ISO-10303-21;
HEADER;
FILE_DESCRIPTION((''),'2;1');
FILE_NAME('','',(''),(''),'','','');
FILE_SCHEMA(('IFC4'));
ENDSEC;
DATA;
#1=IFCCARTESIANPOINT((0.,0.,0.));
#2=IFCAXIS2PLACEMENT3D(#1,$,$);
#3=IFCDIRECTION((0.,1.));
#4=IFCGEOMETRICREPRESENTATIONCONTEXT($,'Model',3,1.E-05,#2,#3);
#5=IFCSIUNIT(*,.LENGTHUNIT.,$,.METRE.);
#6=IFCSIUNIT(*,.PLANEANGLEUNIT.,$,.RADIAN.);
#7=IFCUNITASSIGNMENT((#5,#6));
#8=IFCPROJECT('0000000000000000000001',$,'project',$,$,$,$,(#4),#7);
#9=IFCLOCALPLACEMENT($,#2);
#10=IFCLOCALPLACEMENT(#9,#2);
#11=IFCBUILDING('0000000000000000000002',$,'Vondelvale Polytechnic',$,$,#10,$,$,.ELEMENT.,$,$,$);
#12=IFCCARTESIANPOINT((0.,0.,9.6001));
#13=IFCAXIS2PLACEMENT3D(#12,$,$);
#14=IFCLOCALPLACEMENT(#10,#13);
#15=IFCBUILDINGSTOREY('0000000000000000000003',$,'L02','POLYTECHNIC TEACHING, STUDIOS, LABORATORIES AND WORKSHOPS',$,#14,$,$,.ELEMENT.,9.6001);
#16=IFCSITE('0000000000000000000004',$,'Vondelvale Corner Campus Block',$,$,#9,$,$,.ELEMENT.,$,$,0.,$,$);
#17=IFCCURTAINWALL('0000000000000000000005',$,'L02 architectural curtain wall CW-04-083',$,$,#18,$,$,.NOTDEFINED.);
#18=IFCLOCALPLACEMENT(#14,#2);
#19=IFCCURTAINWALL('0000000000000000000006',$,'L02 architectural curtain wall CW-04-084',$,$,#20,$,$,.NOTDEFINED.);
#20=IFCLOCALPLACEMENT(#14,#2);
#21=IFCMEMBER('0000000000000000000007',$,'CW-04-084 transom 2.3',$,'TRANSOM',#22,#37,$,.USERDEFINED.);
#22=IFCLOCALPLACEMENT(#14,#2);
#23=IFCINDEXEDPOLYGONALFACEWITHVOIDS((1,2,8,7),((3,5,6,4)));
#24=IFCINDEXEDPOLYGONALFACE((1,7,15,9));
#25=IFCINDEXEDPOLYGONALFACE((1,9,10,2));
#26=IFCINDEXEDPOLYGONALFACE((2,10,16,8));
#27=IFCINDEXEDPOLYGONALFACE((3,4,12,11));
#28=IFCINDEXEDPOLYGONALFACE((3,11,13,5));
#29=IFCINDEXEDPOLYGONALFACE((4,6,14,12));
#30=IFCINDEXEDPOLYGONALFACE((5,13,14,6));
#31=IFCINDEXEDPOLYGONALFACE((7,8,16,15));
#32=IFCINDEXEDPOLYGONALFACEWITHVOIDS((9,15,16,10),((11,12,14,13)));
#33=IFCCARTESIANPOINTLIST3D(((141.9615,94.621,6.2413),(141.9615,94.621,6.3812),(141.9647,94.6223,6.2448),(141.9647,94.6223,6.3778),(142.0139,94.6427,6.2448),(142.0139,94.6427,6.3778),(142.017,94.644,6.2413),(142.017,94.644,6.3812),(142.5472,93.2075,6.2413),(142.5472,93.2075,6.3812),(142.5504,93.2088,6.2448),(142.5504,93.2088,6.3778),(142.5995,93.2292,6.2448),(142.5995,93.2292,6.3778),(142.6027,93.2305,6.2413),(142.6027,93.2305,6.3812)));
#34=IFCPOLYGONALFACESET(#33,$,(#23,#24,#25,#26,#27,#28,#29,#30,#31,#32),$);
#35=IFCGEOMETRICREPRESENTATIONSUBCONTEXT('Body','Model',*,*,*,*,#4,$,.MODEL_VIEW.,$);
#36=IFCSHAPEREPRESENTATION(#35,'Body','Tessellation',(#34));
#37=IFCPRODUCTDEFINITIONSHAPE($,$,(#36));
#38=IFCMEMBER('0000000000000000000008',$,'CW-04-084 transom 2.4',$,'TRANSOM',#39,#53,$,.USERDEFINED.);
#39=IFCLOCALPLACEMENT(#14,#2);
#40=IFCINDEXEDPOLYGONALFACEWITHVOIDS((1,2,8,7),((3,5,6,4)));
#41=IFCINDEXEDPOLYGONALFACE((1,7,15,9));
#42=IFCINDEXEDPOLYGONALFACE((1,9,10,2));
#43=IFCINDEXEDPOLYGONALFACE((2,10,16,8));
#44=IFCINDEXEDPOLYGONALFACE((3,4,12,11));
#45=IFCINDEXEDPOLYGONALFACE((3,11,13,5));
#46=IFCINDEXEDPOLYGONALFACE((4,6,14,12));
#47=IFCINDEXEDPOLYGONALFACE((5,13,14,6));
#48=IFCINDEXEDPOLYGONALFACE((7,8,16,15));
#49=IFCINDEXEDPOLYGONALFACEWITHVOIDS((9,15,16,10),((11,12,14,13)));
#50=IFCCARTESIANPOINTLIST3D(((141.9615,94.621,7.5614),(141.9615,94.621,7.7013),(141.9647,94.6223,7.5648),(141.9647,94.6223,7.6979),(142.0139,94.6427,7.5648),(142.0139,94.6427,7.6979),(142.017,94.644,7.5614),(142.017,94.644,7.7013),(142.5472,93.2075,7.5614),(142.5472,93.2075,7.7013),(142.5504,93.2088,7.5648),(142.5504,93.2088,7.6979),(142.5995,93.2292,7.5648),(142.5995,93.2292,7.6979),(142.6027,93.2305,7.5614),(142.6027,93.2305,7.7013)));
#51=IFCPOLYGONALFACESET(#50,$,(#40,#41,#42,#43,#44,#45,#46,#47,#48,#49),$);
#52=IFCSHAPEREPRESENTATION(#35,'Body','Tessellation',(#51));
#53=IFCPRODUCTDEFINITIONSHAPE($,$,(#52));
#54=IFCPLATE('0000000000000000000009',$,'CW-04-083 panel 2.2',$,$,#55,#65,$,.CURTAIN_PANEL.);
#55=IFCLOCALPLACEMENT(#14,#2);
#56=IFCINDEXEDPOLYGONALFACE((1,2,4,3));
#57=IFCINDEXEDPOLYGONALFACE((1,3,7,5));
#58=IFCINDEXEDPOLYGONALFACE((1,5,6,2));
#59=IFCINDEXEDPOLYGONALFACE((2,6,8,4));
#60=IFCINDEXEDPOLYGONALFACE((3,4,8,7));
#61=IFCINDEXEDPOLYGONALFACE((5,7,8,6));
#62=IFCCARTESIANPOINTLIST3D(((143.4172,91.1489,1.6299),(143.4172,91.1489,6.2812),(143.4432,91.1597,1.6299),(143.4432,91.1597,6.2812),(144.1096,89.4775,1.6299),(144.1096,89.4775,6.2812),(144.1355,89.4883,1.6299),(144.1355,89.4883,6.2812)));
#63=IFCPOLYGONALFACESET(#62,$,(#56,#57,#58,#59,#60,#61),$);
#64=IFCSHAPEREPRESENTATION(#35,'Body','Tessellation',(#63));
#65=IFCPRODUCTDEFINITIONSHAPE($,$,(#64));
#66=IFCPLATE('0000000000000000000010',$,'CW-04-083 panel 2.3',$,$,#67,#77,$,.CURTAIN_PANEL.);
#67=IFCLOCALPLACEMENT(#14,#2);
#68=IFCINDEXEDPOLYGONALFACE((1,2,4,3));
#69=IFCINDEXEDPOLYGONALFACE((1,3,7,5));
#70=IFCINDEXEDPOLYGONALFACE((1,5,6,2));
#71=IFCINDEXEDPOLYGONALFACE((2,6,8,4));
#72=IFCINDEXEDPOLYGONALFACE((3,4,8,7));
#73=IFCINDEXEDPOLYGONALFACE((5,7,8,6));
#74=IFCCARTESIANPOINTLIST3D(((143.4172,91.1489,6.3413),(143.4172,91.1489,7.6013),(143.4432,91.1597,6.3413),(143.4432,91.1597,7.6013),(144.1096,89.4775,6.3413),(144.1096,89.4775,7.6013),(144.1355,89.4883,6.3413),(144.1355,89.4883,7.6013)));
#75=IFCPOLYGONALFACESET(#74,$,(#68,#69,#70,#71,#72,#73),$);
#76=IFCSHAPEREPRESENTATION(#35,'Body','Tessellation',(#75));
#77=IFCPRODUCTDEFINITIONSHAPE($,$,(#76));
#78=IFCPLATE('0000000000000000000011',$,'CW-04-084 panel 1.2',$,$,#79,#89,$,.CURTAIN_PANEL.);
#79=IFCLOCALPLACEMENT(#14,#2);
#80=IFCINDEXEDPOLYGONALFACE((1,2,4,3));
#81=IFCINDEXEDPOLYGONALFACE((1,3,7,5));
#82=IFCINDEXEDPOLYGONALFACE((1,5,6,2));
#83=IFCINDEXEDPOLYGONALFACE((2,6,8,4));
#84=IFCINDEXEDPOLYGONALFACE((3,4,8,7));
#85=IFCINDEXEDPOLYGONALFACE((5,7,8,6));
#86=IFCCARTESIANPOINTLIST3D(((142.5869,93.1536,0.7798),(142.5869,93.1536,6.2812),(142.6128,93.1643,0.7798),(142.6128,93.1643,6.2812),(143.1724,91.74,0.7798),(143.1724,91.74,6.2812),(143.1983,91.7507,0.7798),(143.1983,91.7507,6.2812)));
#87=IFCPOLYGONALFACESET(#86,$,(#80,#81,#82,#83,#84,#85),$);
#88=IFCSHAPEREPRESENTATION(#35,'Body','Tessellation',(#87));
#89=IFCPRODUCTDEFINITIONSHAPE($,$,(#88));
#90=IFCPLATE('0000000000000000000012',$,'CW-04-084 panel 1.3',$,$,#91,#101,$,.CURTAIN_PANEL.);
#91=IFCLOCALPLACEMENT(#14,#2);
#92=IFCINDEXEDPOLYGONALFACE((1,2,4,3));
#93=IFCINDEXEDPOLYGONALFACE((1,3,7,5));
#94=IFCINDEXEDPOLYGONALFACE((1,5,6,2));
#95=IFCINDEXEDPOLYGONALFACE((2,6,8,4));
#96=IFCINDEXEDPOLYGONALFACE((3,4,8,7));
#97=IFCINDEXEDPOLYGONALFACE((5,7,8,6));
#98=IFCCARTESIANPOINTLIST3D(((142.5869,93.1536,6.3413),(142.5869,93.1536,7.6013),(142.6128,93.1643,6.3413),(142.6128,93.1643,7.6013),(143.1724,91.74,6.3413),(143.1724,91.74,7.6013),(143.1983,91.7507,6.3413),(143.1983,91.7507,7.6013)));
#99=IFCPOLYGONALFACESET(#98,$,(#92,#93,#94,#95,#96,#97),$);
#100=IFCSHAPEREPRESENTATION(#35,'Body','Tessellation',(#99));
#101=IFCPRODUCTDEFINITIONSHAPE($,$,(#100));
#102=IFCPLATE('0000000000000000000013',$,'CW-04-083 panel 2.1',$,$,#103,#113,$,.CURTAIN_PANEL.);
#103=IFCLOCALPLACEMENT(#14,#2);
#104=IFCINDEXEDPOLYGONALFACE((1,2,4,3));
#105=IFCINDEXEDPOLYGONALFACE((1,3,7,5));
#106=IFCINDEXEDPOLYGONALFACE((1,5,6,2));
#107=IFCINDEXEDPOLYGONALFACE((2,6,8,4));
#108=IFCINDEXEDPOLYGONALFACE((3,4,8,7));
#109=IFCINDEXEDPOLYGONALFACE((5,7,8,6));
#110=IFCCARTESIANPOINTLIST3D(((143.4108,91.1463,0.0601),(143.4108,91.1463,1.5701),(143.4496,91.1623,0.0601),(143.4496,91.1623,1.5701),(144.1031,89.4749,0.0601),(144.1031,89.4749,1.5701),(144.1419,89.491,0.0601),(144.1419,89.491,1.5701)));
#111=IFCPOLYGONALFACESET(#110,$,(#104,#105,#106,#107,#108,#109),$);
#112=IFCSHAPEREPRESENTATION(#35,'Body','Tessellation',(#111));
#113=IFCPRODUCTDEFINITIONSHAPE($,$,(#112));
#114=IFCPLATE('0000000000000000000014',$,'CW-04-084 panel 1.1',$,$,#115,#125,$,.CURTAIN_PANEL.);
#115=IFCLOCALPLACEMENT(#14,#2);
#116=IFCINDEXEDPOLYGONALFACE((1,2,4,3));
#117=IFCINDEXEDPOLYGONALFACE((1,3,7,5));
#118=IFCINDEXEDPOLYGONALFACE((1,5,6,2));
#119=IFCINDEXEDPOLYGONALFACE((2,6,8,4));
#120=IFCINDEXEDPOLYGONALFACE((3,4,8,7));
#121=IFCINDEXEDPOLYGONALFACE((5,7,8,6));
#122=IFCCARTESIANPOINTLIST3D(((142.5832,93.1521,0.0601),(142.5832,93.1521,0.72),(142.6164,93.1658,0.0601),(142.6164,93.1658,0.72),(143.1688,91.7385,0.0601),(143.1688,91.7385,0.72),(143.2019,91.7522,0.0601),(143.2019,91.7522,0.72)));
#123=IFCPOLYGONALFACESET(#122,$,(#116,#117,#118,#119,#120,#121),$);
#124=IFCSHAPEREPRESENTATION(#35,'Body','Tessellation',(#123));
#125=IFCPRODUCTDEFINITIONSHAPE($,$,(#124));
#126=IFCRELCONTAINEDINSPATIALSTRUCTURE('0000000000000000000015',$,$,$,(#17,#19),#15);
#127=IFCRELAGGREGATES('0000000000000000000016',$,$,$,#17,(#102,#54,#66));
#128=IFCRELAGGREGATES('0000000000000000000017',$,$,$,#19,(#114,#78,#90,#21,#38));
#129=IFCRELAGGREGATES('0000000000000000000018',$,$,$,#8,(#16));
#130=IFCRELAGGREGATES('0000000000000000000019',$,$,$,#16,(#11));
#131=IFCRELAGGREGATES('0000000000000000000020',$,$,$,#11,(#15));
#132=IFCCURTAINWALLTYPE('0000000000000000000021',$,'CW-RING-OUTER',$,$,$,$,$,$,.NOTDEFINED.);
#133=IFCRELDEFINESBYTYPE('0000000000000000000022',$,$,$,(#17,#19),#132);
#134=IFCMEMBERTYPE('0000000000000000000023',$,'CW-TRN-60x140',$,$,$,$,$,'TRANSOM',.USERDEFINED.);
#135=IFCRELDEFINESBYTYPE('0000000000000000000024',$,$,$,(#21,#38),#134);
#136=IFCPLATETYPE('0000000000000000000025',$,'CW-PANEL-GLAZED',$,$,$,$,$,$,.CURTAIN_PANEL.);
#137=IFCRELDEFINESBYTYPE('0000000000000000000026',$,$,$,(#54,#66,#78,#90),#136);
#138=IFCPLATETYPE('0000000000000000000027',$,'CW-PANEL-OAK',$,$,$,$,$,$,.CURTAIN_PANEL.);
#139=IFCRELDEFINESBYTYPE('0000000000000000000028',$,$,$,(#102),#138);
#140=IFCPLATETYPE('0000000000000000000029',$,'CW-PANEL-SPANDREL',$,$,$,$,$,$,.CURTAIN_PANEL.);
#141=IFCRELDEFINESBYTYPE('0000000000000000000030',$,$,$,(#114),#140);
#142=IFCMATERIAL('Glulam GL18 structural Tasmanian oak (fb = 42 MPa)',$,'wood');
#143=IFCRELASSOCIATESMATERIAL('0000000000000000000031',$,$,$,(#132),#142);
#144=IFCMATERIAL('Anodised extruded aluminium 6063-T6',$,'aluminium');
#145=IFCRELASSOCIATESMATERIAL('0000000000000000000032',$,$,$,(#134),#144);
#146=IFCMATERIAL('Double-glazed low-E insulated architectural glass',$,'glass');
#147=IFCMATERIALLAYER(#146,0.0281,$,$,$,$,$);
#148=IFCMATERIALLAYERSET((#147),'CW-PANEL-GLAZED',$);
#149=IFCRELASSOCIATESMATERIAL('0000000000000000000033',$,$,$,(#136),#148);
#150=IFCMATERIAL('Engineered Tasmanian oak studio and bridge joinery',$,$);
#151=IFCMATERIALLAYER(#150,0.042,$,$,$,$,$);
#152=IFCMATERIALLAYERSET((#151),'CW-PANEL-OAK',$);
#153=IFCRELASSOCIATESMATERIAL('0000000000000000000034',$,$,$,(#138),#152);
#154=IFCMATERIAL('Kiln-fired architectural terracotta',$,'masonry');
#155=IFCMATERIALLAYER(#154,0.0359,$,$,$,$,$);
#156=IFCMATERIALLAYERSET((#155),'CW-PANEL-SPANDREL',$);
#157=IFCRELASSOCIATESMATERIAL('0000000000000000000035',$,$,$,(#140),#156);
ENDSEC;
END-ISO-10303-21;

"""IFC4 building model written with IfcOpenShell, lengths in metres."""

from ifc_helpers import new_model, si_unit, direction, frame, origin, origin_2d, place, context, subcontext, project, spatial, rectangle, hollow_rectangle, extrude, material, layer, layer_set, material_profile, profile_set, type_object, element, aggregate, save


model = new_model("IFC4")

# Units and contexts
model_context = context("Model", 3, precision=1e-05, world=origin(), true_north=direction((0.0, 1.0)))
body_context = subcontext(model_context, "Body", "Model", "MODEL_VIEW")
ifc_project = project(units=[si_unit("LENGTHUNIT", "METRE"), si_unit("PLANEANGLEUNIT", "RADIAN")], contexts=[model_context])

# Site, building, storey
site_placement = place(None, origin())
site = spatial("IfcSite", under=ifc_project, at=site_placement, Name="Vondelvale Corner Campus Block", CompositionType="ELEMENT", RefElevation=0.0)
building_placement = place(site_placement, origin())
building = spatial("IfcBuilding", under=site, at=building_placement, Name="Vondelvale Polytechnic", CompositionType="ELEMENT")
storey_placement = place(building_placement, frame((0.0, 0.0, 9.6001)))
storey = spatial("IfcBuildingStorey", under=building, at=storey_placement, Name="L02", Description="POLYTECHNIC TEACHING, STUDIOS, LABORATORIES AND WORKSHOPS", CompositionType="ELEMENT", Elevation=9.6001)

# Shared definitions
ifc_material_1 = material(Name="Glulam GL18 structural Tasmanian oak (fb = 42 MPa)", Category="wood")

# Curtain walls
curtain_wall_type = type_object("IfcCurtainWallType", Name="CW-RING-OUTER", PredefinedType="NOTDEFINED", material=ifc_material_1)
curtain_wall_1_placement = place(storey_placement, origin())
curtain_wall_1 = element("IfcCurtainWall", 1, at=curtain_wall_1_placement, inside=storey, type_object=curtain_wall_type, Name="L02 architectural curtain wall CW-04-083", PredefinedType="NOTDEFINED")
ifc_material_2 = material(Name="Anodised extruded aluminium 6063-T6", Category="aluminium")
curtain_wall_2_placement = place(storey_placement, origin())
curtain_wall_2 = element("IfcCurtainWall", 2, at=curtain_wall_2_placement, inside=storey, type_object=curtain_wall_type, Name="L02 architectural curtain wall CW-04-084", PredefinedType="NOTDEFINED")

# Members
ifc_material_profile_1 = material_profile(ifc_material_2, hollow_rectangle(XDim=0.0601, YDim=0.1399, WallThickness=0.0034, at=origin_2d()), Name="CW-TRN-140x60")
ifc_profile_set_1 = profile_set([ifc_material_profile_1], Name="Anodised extruded aluminium 6063-T6")
member_type_1 = type_object("IfcMemberType", Name="CW-TRN-60x140", ElementType="TRANSOM", PredefinedType="USERDEFINED", material=ifc_profile_set_1)
member_1_placement = place(storey_placement, frame((142.575, 93.219, 6.3113), z_axis=(-0.382779, 0.92384, 0.0), x_axis=(-0.92384, -0.382779, 0.0)))
member_1 = element("IfcMember", 3, at=member_1_placement, type_object=member_type_1, Name="CW-04-084 transom 2.3", ObjectType="TRANSOM", PredefinedType="USERDEFINED", context=body_context, shape_type="SweptSolid", body=[
    extrude(hollow_rectangle(XDim=0.0601, YDim=0.1399, WallThickness=0.0034, at=origin_2d()), origin(), (0.0, 0.0, 1.0), 1.53),
])
member_2_placement = place(storey_placement, frame((142.575, 93.219, 7.6313), z_axis=(-0.382779, 0.92384, 0.0), x_axis=(-0.92384, -0.382779, 0.0)))
member_2 = element("IfcMember", 4, at=member_2_placement, type_object=member_type_1, Name="CW-04-084 transom 2.4", ObjectType="TRANSOM", PredefinedType="USERDEFINED", context=body_context, shape_type="SweptSolid", body=[
    extrude(hollow_rectangle(XDim=0.0601, YDim=0.1399, WallThickness=0.0034, at=origin_2d()), origin(), (0.0, 0.0, 1.0), 1.53),
])

# Plates
ifc_material_3 = material(Name="Double-glazed low-E insulated architectural glass", Category="glass")
ifc_layer_1 = layer(ifc_material_3, 0.0281)
ifc_layer_set_1 = layer_set([ifc_layer_1], Name="CW-PANEL-GLAZED")
plate_type_1 = type_object("IfcPlateType", Name="CW-PANEL-GLAZED", PredefinedType="CURTAIN_PANEL", material=ifc_layer_set_1)
plate_1_placement = place(storey_placement, frame((143.7764, 90.3186, 1.6299), z_axis=(0.0, 0.0, 1.0), x_axis=(-0.382695, 0.923875, 0.0)))
plate_1 = element("IfcPlate", 5, at=plate_1_placement, type_object=plate_type_1, Name="CW-04-083 panel 2.2", PredefinedType="CURTAIN_PANEL", context=body_context, shape_type="SweptSolid", body=[
    extrude(rectangle(XDim=1.8091, YDim=0.0281, at=origin_2d()), origin(), (0.0, 0.0, 1.0), 4.6514),
])
plate_2_placement = place(storey_placement, frame((143.7764, 90.3186, 6.3413), z_axis=(0.0, 0.0, 1.0), x_axis=(-0.382695, 0.923875, 0.0)))
plate_2 = element("IfcPlate", 6, at=plate_2_placement, type_object=plate_type_1, Name="CW-04-083 panel 2.3", PredefinedType="CURTAIN_PANEL", context=body_context, shape_type="SweptSolid", body=[
    extrude(rectangle(XDim=1.8091, YDim=0.0281, at=origin_2d()), origin(), (0.0, 0.0, 1.0), 1.26),
])
plate_3_placement = place(storey_placement, frame((142.8926, 92.4521, 0.7798), z_axis=(0.0, 0.0, 1.0), x_axis=(-0.382677, 0.923882, 0.0)))
plate_3 = element("IfcPlate", 7, at=plate_3_placement, type_object=plate_type_1, Name="CW-04-084 panel 1.2", PredefinedType="CURTAIN_PANEL", context=body_context, shape_type="SweptSolid", body=[
    extrude(rectangle(XDim=1.53, YDim=0.0281, at=origin_2d()), origin(), (0.0, 0.0, 1.0), 5.5015),
])
plate_4_placement = place(storey_placement, frame((142.8926, 92.4521, 6.3413), z_axis=(0.0, 0.0, 1.0), x_axis=(-0.382677, 0.923882, 0.0)))
plate_4 = element("IfcPlate", 8, at=plate_4_placement, type_object=plate_type_1, Name="CW-04-084 panel 1.3", PredefinedType="CURTAIN_PANEL", context=body_context, shape_type="SweptSolid", body=[
    extrude(rectangle(XDim=1.53, YDim=0.0281, at=origin_2d()), origin(), (0.0, 0.0, 1.0), 1.26),
])
ifc_material_4 = material(Name="Engineered Tasmanian oak studio and bridge joinery")
ifc_layer_2 = layer(ifc_material_4, 0.042)
ifc_layer_set_2 = layer_set([ifc_layer_2], Name="CW-PANEL-OAK")
plate_type_2 = type_object("IfcPlateType", Name="CW-PANEL-OAK", PredefinedType="CURTAIN_PANEL", material=ifc_layer_set_2)
plate_5_placement = place(storey_placement, frame((143.7764, 90.3186, 0.0601), z_axis=(0.0, 0.0, 1.0), x_axis=(-0.382695, 0.923875, 0.0)))
plate_5 = element("IfcPlate", 9, at=plate_5_placement, type_object=plate_type_2, Name="CW-04-083 panel 2.1", PredefinedType="CURTAIN_PANEL", context=body_context, shape_type="SweptSolid", body=[
    extrude(rectangle(XDim=1.8091, YDim=0.042, at=origin_2d()), origin(), (0.0, 0.0, 1.0), 1.51),
])
aggregate(curtain_wall_1, [plate_5, plate_1, plate_2])
ifc_material_5 = material(Name="Kiln-fired architectural terracotta", Category="masonry")
ifc_layer_3 = layer(ifc_material_5, 0.0359)
ifc_layer_set_3 = layer_set([ifc_layer_3], Name="CW-PANEL-SPANDREL")
plate_type_3 = type_object("IfcPlateType", Name="CW-PANEL-SPANDREL", PredefinedType="CURTAIN_PANEL", material=ifc_layer_set_3)
plate_6_placement = place(storey_placement, frame((142.8926, 92.4521, 0.0601), z_axis=(0.0, 0.0, 1.0), x_axis=(-0.382677, 0.923882, 0.0)))
plate_6 = element("IfcPlate", 10, at=plate_6_placement, type_object=plate_type_3, Name="CW-04-084 panel 1.1", PredefinedType="CURTAIN_PANEL", context=body_context, shape_type="SweptSolid", body=[
    extrude(rectangle(XDim=1.53, YDim=0.0359, at=origin_2d()), origin(), (0.0, 0.0, 1.0), 0.6599),
])
aggregate(curtain_wall_2, [plate_6, plate_3, plate_4, member_1, member_2])

save(model, "model.ifc")
